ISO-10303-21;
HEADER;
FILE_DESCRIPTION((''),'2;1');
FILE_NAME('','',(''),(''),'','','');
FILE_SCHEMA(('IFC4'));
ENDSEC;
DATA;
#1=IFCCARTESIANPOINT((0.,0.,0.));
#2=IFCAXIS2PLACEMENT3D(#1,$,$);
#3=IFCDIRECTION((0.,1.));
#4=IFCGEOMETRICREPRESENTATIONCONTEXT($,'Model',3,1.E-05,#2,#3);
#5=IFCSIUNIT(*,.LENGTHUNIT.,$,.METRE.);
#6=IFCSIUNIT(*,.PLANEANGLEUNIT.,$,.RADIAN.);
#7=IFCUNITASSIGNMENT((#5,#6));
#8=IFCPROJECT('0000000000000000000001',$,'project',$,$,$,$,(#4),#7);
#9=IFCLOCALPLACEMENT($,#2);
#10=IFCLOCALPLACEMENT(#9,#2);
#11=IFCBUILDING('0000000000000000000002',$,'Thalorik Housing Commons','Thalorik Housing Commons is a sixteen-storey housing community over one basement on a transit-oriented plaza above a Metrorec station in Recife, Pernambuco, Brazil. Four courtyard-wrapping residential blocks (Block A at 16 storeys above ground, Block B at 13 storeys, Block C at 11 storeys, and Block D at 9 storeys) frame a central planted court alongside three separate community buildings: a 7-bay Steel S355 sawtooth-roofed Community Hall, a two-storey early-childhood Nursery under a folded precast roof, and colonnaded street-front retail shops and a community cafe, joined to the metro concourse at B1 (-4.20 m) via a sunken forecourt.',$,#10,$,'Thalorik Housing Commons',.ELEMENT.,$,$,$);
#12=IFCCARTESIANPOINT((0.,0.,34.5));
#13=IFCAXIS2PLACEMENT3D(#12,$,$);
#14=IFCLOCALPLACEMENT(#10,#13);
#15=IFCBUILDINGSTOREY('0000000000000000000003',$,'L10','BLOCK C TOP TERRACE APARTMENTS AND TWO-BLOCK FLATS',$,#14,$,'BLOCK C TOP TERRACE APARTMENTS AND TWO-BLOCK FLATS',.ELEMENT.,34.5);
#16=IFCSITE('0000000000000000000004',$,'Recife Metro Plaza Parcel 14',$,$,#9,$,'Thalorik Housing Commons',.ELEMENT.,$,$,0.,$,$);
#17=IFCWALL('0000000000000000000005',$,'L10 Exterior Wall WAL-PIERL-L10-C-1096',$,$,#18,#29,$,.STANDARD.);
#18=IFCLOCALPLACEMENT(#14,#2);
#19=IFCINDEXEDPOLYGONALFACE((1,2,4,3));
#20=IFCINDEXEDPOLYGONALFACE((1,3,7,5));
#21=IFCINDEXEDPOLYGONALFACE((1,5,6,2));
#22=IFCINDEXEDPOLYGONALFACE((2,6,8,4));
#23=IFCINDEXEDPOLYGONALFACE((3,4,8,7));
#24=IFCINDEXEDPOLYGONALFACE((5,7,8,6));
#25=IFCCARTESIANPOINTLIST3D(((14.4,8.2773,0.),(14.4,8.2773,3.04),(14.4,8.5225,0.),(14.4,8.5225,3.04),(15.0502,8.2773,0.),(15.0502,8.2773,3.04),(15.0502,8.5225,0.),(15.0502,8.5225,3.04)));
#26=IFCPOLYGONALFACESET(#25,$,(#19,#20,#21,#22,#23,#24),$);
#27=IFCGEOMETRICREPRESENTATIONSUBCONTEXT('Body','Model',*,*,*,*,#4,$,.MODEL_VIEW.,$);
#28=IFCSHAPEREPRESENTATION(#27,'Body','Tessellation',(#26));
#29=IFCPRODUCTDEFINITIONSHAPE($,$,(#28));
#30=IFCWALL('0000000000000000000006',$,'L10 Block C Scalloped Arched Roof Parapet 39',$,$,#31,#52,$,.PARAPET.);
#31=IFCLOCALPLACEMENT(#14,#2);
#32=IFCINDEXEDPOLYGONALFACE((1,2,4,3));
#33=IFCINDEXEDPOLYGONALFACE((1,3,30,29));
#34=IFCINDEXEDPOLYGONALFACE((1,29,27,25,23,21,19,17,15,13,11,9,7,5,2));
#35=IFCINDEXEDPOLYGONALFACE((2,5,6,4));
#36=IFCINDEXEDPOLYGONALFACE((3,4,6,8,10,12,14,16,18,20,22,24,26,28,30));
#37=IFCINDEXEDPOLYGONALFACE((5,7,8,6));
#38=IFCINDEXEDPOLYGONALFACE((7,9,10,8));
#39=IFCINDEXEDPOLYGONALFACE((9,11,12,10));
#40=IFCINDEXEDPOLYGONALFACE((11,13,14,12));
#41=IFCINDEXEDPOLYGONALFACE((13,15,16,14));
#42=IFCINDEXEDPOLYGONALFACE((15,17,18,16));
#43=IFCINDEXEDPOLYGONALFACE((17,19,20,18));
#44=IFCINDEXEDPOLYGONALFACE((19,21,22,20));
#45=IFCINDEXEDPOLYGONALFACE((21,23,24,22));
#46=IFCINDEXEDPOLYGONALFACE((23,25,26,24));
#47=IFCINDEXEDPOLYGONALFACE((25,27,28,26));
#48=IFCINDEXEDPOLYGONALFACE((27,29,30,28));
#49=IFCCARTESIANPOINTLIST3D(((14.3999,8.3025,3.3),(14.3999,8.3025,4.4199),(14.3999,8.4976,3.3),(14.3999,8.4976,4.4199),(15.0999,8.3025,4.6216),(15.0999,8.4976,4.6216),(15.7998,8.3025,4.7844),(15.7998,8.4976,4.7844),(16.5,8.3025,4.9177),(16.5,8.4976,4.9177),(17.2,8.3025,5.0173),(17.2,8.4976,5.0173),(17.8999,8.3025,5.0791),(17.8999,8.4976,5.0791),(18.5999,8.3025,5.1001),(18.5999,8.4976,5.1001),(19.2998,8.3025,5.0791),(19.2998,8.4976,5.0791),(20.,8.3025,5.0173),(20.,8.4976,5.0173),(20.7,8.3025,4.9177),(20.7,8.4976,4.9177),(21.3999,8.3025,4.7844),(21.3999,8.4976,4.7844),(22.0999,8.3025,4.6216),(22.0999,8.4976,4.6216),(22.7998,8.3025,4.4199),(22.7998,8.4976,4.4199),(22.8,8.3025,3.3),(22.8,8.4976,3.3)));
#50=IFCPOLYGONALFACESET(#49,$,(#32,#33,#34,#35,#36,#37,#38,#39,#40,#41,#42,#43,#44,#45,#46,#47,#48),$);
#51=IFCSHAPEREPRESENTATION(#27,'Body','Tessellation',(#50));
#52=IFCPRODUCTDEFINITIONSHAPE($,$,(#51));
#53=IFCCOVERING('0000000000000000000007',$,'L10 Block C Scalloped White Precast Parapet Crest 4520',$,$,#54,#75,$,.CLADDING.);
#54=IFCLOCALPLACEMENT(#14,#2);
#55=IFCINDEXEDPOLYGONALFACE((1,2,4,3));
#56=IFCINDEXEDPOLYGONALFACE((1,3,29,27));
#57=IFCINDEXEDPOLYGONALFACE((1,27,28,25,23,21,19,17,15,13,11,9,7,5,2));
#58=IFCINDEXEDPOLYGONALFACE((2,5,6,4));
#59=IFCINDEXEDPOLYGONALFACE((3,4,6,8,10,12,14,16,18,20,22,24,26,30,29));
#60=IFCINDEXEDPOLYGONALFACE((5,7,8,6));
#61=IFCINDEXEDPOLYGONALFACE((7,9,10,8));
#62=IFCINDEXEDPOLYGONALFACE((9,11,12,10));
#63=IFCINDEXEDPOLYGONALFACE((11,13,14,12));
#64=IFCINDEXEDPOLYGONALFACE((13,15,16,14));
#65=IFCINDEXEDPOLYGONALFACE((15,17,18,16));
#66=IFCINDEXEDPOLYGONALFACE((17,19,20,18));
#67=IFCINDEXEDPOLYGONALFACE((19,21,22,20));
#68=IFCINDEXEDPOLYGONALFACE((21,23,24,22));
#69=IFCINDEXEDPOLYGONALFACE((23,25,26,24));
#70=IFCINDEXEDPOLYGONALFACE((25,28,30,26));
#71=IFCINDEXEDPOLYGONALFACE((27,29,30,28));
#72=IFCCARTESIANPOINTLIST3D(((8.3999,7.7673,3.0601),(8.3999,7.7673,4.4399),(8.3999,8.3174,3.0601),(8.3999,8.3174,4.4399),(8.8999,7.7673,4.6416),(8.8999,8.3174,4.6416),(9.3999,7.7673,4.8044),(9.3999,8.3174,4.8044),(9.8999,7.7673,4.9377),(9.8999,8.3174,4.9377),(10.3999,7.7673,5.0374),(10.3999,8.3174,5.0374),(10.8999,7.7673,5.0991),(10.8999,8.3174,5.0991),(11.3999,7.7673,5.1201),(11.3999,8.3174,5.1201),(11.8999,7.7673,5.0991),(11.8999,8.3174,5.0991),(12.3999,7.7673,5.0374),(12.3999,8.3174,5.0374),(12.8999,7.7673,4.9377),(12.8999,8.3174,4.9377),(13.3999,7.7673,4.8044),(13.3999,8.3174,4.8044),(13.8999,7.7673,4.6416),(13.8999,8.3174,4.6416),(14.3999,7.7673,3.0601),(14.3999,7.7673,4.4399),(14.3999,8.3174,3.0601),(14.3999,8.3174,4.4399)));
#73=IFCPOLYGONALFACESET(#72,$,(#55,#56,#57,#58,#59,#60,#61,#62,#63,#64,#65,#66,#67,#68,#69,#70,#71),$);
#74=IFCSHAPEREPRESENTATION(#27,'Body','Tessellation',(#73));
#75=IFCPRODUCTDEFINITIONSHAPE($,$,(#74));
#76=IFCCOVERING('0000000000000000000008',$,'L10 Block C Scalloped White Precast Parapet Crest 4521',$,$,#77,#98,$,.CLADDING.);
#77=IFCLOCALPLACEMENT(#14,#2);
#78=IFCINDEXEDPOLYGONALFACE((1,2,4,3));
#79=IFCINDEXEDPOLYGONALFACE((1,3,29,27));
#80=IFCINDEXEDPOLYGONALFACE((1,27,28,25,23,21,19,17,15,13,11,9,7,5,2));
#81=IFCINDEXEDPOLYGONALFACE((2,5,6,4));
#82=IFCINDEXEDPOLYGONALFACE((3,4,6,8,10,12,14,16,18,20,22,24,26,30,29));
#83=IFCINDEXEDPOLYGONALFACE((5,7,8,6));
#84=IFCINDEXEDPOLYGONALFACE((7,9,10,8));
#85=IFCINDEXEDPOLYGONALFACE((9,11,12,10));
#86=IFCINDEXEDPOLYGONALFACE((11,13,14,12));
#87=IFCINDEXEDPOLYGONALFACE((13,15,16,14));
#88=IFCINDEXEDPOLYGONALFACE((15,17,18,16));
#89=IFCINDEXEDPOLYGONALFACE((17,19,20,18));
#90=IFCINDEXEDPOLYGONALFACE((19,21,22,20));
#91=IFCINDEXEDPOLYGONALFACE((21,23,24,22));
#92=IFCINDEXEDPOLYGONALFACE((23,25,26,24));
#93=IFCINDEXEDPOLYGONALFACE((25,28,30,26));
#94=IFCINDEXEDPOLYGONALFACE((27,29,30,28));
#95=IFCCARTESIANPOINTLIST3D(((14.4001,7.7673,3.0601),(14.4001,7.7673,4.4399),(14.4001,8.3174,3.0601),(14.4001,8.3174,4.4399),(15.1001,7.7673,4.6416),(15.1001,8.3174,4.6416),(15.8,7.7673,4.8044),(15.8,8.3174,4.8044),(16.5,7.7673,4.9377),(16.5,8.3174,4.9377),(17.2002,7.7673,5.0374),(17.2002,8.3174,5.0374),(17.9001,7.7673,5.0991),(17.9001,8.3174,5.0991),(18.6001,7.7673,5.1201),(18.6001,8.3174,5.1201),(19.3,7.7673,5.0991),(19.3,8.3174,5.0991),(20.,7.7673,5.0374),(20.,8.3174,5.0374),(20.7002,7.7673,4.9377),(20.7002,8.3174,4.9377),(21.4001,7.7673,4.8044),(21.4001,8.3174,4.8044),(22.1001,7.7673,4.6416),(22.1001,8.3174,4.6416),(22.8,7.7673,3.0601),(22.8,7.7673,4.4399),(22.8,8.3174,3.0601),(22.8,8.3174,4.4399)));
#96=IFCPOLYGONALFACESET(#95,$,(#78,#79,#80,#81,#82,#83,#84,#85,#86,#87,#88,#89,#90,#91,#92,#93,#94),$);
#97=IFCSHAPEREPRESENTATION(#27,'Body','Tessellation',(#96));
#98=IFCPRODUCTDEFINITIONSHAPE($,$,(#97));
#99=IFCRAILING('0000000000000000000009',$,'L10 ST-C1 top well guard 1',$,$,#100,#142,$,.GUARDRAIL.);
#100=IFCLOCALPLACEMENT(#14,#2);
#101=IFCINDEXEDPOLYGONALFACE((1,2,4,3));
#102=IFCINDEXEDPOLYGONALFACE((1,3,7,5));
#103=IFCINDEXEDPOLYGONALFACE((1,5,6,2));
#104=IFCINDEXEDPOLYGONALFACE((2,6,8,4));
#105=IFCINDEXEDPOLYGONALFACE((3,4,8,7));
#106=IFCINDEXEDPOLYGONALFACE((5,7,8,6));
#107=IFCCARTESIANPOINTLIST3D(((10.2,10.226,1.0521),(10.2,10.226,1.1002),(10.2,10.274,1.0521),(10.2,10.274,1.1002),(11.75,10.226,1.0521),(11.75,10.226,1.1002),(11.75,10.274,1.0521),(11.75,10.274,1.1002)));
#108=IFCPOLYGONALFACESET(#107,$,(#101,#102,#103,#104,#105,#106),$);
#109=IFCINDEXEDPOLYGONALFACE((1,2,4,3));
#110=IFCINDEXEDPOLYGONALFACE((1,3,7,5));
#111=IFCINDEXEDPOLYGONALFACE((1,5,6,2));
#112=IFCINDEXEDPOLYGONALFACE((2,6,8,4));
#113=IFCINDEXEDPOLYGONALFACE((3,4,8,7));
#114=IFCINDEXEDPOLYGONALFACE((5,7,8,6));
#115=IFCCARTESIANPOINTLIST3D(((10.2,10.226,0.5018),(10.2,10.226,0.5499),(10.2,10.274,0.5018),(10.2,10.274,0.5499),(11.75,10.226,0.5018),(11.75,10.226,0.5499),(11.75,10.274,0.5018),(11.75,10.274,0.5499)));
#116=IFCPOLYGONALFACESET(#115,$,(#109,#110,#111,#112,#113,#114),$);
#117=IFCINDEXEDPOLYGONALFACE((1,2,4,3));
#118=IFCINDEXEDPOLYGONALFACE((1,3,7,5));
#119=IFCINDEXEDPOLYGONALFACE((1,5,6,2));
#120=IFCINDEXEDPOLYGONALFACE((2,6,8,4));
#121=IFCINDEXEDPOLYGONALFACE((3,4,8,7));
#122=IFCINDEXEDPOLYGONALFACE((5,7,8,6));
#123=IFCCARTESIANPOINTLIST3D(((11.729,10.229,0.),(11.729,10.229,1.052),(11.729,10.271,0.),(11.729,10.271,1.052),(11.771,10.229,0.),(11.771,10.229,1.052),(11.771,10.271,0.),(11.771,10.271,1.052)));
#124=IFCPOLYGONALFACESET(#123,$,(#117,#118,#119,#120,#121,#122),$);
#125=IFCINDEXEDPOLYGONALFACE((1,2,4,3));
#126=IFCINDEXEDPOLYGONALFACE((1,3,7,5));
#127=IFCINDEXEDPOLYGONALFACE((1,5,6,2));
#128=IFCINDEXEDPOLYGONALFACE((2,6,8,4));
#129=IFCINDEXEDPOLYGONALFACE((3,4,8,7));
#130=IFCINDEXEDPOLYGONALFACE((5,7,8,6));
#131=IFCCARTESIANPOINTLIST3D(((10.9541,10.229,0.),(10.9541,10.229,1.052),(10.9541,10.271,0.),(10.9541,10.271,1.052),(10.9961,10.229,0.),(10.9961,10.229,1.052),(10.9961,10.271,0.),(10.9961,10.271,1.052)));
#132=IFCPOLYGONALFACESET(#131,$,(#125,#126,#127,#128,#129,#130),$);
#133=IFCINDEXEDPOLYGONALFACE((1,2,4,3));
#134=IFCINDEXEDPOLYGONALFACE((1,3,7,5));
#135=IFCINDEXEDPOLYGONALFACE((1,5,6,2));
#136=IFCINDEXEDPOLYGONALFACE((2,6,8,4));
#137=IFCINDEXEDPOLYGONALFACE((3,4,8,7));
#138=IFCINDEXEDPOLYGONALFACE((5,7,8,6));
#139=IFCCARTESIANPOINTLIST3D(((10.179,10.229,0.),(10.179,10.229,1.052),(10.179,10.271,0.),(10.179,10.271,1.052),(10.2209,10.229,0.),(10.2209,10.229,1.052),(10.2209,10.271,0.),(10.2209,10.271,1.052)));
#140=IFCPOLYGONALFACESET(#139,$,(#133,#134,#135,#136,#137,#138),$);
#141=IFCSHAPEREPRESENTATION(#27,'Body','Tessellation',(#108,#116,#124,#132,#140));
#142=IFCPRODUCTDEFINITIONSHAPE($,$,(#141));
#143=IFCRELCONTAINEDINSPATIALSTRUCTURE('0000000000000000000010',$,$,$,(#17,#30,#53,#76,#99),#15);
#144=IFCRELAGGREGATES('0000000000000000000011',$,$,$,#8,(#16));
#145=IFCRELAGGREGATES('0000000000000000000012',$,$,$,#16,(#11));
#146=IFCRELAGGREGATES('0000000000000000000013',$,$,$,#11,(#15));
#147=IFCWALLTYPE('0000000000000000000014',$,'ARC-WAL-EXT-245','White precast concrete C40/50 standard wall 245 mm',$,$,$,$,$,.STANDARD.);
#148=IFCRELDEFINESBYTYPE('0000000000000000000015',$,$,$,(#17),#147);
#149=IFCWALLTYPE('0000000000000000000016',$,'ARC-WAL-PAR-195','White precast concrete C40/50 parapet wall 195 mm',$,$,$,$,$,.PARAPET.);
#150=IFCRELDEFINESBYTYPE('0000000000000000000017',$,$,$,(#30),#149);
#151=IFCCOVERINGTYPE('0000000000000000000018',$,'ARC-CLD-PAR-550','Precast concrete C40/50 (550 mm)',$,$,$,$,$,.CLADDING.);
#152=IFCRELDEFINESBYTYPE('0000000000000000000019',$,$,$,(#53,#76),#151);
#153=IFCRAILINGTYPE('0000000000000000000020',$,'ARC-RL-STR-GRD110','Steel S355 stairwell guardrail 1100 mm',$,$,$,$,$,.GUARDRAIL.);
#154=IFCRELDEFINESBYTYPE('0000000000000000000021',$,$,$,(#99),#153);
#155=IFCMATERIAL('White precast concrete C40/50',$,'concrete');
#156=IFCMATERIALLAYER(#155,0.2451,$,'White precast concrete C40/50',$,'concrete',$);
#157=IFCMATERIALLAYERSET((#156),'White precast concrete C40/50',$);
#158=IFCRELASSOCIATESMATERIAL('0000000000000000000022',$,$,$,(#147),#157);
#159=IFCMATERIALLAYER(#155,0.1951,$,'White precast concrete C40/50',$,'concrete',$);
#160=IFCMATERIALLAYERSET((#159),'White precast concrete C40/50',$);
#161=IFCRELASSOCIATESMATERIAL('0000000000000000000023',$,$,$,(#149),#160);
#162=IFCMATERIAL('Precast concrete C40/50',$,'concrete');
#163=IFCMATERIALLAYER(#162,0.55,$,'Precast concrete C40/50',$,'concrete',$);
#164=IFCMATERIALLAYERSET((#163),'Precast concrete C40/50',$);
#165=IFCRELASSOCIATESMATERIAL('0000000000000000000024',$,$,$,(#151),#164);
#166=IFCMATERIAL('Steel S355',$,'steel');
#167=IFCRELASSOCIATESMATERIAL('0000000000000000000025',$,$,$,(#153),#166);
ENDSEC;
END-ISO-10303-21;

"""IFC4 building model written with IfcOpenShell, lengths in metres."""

from ifc_helpers import new_model, si_unit, direction, frame, frame_2d, origin, origin_2d, place, context, subcontext, project, spatial, polyline, rectangle, outline, extrude, material, layer, layer_set, type_object, element, save


model = new_model("IFC4")

# Units and contexts
model_context = context("Model", 3, precision=1e-05, world=origin(), true_north=direction((0.0, 1.0)))
body_context = subcontext(model_context, "Body", "Model", "MODEL_VIEW")
ifc_project = project(units=[si_unit("LENGTHUNIT", "METRE"), si_unit("PLANEANGLEUNIT", "RADIAN")], contexts=[model_context])

# Site, building, storey
site_placement = place(None, origin())
site = spatial("IfcSite", under=ifc_project, at=site_placement, Name="Recife Metro Plaza Parcel 14", LongName="Thalorik Housing Commons", CompositionType="ELEMENT", RefElevation=0.0)
building_placement = place(site_placement, origin())
building = spatial("IfcBuilding", under=site, at=building_placement, Name="Thalorik Housing Commons", Description="Thalorik Housing Commons is a sixteen-storey housing community over one basement on a transit-oriented plaza above a Metrorec station in Recife, Pernambuco, Brazil. Four courtyard-wrapping residential blocks (Block A at 16 storeys above ground, Block B at 13 storeys, Block C at 11 storeys, and Block D at 9 storeys) frame a central planted court alongside three separate community buildings: a 7-bay Steel S355 sawtooth-roofed Community Hall, a two-storey early-childhood Nursery under a folded precast roof, and colonnaded street-front retail shops and a community cafe, joined to the metro concourse at B1 (-4.20 m) via a sunken forecourt.", LongName="Thalorik Housing Commons", CompositionType="ELEMENT")
storey_placement = place(building_placement, frame((0.0, 0.0, 34.5)))
storey = spatial("IfcBuildingStorey", under=building, at=storey_placement, Name="L10", Description="BLOCK C TOP TERRACE APARTMENTS AND TWO-BLOCK FLATS", LongName="BLOCK C TOP TERRACE APARTMENTS AND TWO-BLOCK FLATS", CompositionType="ELEMENT", Elevation=34.5)

# Shared definitions
ifc_material_1 = material(Name="Precast concrete C40/50", Category="concrete")

# Shared definitions
ifc_material_2 = material(Name="Steel S355", Category="steel")

# Walls
ifc_material_3 = material(Name="White precast concrete C40/50", Category="concrete")
ifc_layer_1 = layer(ifc_material_3, 0.2451, Name="White precast concrete C40/50", Category="concrete")
ifc_layer_set_1 = layer_set([ifc_layer_1], Name="White precast concrete C40/50")
wall_type_1 = type_object("IfcWallType", Name="ARC-WAL-EXT-245", Description="White precast concrete C40/50 standard wall 245 mm", PredefinedType="STANDARD", material=ifc_layer_set_1)
wall_1_placement = place(storey_placement, frame((14.3999, 8.3999, 0.0), z_axis=(0.0, 0.0, 1.0), x_axis=(1.0, 0.0, 0.0)))
element("IfcWall", 1, at=wall_1_placement, inside=storey, type_object=wall_type_1, Name="L10 Exterior Wall WAL-PIERL-L10-C-1096", PredefinedType="STANDARD", context=body_context, shape_type="SweptSolid", body=[
    extrude(rectangle(XDim=0.6501, YDim=0.2451, at=frame_2d((0.3252, 0.0))), origin(), (0.0, 0.0, 1.0), 3.04),
])
ifc_layer_2 = layer(ifc_material_3, 0.1951, Name="White precast concrete C40/50", Category="concrete")
ifc_layer_set_2 = layer_set([ifc_layer_2], Name="White precast concrete C40/50")
wall_type_2 = type_object("IfcWallType", Name="ARC-WAL-PAR-195", Description="White precast concrete C40/50 parapet wall 195 mm", PredefinedType="PARAPET", material=ifc_layer_set_2)
wall_2_placement = place(storey_placement, frame((14.3999, 8.3999, 3.3), z_axis=(0.0, 0.0, 1.0), x_axis=(1.0, 0.0, 0.0)))
element("IfcWall", 2, at=wall_2_placement, inside=storey, type_object=wall_type_2, Name="L10 Block C Scalloped Arched Roof Parapet 39", PredefinedType="PARAPET", context=body_context, shape_type="SweptSolid", body=[
    extrude(outline(polyline([(0.0, 0.0), (8.4001, 0.0), (8.3999, 1.1199), (7.7, 1.3215), (7.0, 1.4844), (6.3, 1.6177), (5.6001, 1.7173), (4.8999, 1.7791), (4.2, 1.8), (3.5, 1.7791), (2.8, 1.7173), (2.1001, 1.6177), (1.3999, 1.4844), (0.7, 1.3215), (0.0, 1.1199), (0.0, 0.0)])), frame((0.0, 0.0977, 0.0), z_axis=(0.0, -1.0, 0.0), x_axis=(1.0, 0.0, 0.0)), (0.0, 0.0, 1.0), 0.1951),
])

# Coverings
ifc_layer_3 = layer(ifc_material_1, 0.55, Name="Precast concrete C40/50", Category="concrete")
ifc_layer_set_3 = layer_set([ifc_layer_3], Name="Precast concrete C40/50")
covering_type = type_object("IfcCoveringType", Name="ARC-CLD-PAR-550", Description="Precast concrete C40/50 (550 mm)", PredefinedType="CLADDING", material=ifc_layer_set_3)
covering_1_placement = place(storey_placement, frame((11.3999, 8.0425, 3.0601), z_axis=(0.0, 0.0, 1.0), x_axis=(1.0, 0.0, 0.0)))
element("IfcCovering", 3, at=covering_1_placement, inside=storey, type_object=covering_type, Name="L10 Block C Scalloped White Precast Parapet Crest 4520", PredefinedType="CLADDING", context=body_context, shape_type="SweptSolid", body=[
    extrude(outline(polyline([(-3.0, 0.0), (3.0, 0.0), (3.0, 1.3799), (2.5, 1.5815), (2.0, 1.7444), (1.5, 1.8777), (1.0, 1.9773), (0.5, 2.0391), (0.0, 2.0601), (-0.5, 2.0391), (-1.0, 1.9773), (-1.5, 1.8777), (-2.0, 1.7444), (-2.5, 1.5815), (-3.0, 1.3799), (-3.0, 0.0)])), frame((0.0, 0.2749, 0.0), z_axis=(0.0, -1.0, 0.0), x_axis=(1.0, 0.0, 0.0)), (0.0, 0.0, 1.0), 0.55),
])
covering_2_placement = place(storey_placement, frame((18.6001, 8.0425, 3.0601), z_axis=(0.0, 0.0, 1.0), x_axis=(1.0, 0.0, 0.0)))
element("IfcCovering", 4, at=covering_2_placement, inside=storey, type_object=covering_type, Name="L10 Block C Scalloped White Precast Parapet Crest 4521", PredefinedType="CLADDING", context=body_context, shape_type="SweptSolid", body=[
    extrude(outline(polyline([(-4.2, 0.0), (4.2, 0.0), (4.2, 1.3799), (3.5, 1.5815), (2.8, 1.7444), (2.1001, 1.8777), (1.3999, 1.9773), (0.7, 2.0391), (0.0, 2.0601), (-0.7, 2.0391), (-1.3999, 1.9773), (-2.1001, 1.8777), (-2.8, 1.7444), (-3.5, 1.5815), (-4.2, 1.3799), (-4.2, 0.0)])), frame((0.0, 0.2749, 0.0), z_axis=(0.0, -1.0, 0.0), x_axis=(1.0, 0.0, 0.0)), (0.0, 0.0, 1.0), 0.55),
])

# Railing
railing_type = type_object("IfcRailingType", Name="ARC-RL-STR-GRD110", Description="Steel S355 stairwell guardrail 1100 mm", PredefinedType="GUARDRAIL", material=ifc_material_2)
railing_placement = place(storey_placement, frame((11.75, 10.25, 0.0)))
element("IfcRailing", 5, at=railing_placement, inside=storey, type_object=railing_type, Name="L10 ST-C1 top well guard 1", PredefinedType="GUARDRAIL", context=body_context, shape_type="SweptSolid", body=[
    extrude(rectangle(XDim=0.0481, YDim=0.0481, at=origin_2d()), frame((0.0, 0.0, 1.0762), z_axis=(-1.0, 0.0, 0.0), x_axis=(0.0, -1.0, 0.0)), (0.0, 0.0, 1.0), 1.55),
    extrude(rectangle(XDim=0.0481, YDim=0.0481, at=origin_2d()), frame((0.0, 0.0, 0.5259), z_axis=(-1.0, 0.0, 0.0), x_axis=(0.0, -1.0, 0.0)), (0.0, 0.0, 1.0), 1.55),
    extrude(rectangle(XDim=0.042, YDim=0.042, at=origin_2d()), origin(), (0.0, 0.0, 1.0), 1.052),
    extrude(rectangle(XDim=0.042, YDim=0.042, at=origin_2d()), frame((-0.7749, 0.0, 0.0)), (0.0, 0.0, 1.0), 1.052),
    extrude(rectangle(XDim=0.042, YDim=0.042, at=origin_2d()), frame((-1.55, 0.0, 0.0)), (0.0, 0.0, 1.0), 1.052),
])

save(model, "model.ifc")
